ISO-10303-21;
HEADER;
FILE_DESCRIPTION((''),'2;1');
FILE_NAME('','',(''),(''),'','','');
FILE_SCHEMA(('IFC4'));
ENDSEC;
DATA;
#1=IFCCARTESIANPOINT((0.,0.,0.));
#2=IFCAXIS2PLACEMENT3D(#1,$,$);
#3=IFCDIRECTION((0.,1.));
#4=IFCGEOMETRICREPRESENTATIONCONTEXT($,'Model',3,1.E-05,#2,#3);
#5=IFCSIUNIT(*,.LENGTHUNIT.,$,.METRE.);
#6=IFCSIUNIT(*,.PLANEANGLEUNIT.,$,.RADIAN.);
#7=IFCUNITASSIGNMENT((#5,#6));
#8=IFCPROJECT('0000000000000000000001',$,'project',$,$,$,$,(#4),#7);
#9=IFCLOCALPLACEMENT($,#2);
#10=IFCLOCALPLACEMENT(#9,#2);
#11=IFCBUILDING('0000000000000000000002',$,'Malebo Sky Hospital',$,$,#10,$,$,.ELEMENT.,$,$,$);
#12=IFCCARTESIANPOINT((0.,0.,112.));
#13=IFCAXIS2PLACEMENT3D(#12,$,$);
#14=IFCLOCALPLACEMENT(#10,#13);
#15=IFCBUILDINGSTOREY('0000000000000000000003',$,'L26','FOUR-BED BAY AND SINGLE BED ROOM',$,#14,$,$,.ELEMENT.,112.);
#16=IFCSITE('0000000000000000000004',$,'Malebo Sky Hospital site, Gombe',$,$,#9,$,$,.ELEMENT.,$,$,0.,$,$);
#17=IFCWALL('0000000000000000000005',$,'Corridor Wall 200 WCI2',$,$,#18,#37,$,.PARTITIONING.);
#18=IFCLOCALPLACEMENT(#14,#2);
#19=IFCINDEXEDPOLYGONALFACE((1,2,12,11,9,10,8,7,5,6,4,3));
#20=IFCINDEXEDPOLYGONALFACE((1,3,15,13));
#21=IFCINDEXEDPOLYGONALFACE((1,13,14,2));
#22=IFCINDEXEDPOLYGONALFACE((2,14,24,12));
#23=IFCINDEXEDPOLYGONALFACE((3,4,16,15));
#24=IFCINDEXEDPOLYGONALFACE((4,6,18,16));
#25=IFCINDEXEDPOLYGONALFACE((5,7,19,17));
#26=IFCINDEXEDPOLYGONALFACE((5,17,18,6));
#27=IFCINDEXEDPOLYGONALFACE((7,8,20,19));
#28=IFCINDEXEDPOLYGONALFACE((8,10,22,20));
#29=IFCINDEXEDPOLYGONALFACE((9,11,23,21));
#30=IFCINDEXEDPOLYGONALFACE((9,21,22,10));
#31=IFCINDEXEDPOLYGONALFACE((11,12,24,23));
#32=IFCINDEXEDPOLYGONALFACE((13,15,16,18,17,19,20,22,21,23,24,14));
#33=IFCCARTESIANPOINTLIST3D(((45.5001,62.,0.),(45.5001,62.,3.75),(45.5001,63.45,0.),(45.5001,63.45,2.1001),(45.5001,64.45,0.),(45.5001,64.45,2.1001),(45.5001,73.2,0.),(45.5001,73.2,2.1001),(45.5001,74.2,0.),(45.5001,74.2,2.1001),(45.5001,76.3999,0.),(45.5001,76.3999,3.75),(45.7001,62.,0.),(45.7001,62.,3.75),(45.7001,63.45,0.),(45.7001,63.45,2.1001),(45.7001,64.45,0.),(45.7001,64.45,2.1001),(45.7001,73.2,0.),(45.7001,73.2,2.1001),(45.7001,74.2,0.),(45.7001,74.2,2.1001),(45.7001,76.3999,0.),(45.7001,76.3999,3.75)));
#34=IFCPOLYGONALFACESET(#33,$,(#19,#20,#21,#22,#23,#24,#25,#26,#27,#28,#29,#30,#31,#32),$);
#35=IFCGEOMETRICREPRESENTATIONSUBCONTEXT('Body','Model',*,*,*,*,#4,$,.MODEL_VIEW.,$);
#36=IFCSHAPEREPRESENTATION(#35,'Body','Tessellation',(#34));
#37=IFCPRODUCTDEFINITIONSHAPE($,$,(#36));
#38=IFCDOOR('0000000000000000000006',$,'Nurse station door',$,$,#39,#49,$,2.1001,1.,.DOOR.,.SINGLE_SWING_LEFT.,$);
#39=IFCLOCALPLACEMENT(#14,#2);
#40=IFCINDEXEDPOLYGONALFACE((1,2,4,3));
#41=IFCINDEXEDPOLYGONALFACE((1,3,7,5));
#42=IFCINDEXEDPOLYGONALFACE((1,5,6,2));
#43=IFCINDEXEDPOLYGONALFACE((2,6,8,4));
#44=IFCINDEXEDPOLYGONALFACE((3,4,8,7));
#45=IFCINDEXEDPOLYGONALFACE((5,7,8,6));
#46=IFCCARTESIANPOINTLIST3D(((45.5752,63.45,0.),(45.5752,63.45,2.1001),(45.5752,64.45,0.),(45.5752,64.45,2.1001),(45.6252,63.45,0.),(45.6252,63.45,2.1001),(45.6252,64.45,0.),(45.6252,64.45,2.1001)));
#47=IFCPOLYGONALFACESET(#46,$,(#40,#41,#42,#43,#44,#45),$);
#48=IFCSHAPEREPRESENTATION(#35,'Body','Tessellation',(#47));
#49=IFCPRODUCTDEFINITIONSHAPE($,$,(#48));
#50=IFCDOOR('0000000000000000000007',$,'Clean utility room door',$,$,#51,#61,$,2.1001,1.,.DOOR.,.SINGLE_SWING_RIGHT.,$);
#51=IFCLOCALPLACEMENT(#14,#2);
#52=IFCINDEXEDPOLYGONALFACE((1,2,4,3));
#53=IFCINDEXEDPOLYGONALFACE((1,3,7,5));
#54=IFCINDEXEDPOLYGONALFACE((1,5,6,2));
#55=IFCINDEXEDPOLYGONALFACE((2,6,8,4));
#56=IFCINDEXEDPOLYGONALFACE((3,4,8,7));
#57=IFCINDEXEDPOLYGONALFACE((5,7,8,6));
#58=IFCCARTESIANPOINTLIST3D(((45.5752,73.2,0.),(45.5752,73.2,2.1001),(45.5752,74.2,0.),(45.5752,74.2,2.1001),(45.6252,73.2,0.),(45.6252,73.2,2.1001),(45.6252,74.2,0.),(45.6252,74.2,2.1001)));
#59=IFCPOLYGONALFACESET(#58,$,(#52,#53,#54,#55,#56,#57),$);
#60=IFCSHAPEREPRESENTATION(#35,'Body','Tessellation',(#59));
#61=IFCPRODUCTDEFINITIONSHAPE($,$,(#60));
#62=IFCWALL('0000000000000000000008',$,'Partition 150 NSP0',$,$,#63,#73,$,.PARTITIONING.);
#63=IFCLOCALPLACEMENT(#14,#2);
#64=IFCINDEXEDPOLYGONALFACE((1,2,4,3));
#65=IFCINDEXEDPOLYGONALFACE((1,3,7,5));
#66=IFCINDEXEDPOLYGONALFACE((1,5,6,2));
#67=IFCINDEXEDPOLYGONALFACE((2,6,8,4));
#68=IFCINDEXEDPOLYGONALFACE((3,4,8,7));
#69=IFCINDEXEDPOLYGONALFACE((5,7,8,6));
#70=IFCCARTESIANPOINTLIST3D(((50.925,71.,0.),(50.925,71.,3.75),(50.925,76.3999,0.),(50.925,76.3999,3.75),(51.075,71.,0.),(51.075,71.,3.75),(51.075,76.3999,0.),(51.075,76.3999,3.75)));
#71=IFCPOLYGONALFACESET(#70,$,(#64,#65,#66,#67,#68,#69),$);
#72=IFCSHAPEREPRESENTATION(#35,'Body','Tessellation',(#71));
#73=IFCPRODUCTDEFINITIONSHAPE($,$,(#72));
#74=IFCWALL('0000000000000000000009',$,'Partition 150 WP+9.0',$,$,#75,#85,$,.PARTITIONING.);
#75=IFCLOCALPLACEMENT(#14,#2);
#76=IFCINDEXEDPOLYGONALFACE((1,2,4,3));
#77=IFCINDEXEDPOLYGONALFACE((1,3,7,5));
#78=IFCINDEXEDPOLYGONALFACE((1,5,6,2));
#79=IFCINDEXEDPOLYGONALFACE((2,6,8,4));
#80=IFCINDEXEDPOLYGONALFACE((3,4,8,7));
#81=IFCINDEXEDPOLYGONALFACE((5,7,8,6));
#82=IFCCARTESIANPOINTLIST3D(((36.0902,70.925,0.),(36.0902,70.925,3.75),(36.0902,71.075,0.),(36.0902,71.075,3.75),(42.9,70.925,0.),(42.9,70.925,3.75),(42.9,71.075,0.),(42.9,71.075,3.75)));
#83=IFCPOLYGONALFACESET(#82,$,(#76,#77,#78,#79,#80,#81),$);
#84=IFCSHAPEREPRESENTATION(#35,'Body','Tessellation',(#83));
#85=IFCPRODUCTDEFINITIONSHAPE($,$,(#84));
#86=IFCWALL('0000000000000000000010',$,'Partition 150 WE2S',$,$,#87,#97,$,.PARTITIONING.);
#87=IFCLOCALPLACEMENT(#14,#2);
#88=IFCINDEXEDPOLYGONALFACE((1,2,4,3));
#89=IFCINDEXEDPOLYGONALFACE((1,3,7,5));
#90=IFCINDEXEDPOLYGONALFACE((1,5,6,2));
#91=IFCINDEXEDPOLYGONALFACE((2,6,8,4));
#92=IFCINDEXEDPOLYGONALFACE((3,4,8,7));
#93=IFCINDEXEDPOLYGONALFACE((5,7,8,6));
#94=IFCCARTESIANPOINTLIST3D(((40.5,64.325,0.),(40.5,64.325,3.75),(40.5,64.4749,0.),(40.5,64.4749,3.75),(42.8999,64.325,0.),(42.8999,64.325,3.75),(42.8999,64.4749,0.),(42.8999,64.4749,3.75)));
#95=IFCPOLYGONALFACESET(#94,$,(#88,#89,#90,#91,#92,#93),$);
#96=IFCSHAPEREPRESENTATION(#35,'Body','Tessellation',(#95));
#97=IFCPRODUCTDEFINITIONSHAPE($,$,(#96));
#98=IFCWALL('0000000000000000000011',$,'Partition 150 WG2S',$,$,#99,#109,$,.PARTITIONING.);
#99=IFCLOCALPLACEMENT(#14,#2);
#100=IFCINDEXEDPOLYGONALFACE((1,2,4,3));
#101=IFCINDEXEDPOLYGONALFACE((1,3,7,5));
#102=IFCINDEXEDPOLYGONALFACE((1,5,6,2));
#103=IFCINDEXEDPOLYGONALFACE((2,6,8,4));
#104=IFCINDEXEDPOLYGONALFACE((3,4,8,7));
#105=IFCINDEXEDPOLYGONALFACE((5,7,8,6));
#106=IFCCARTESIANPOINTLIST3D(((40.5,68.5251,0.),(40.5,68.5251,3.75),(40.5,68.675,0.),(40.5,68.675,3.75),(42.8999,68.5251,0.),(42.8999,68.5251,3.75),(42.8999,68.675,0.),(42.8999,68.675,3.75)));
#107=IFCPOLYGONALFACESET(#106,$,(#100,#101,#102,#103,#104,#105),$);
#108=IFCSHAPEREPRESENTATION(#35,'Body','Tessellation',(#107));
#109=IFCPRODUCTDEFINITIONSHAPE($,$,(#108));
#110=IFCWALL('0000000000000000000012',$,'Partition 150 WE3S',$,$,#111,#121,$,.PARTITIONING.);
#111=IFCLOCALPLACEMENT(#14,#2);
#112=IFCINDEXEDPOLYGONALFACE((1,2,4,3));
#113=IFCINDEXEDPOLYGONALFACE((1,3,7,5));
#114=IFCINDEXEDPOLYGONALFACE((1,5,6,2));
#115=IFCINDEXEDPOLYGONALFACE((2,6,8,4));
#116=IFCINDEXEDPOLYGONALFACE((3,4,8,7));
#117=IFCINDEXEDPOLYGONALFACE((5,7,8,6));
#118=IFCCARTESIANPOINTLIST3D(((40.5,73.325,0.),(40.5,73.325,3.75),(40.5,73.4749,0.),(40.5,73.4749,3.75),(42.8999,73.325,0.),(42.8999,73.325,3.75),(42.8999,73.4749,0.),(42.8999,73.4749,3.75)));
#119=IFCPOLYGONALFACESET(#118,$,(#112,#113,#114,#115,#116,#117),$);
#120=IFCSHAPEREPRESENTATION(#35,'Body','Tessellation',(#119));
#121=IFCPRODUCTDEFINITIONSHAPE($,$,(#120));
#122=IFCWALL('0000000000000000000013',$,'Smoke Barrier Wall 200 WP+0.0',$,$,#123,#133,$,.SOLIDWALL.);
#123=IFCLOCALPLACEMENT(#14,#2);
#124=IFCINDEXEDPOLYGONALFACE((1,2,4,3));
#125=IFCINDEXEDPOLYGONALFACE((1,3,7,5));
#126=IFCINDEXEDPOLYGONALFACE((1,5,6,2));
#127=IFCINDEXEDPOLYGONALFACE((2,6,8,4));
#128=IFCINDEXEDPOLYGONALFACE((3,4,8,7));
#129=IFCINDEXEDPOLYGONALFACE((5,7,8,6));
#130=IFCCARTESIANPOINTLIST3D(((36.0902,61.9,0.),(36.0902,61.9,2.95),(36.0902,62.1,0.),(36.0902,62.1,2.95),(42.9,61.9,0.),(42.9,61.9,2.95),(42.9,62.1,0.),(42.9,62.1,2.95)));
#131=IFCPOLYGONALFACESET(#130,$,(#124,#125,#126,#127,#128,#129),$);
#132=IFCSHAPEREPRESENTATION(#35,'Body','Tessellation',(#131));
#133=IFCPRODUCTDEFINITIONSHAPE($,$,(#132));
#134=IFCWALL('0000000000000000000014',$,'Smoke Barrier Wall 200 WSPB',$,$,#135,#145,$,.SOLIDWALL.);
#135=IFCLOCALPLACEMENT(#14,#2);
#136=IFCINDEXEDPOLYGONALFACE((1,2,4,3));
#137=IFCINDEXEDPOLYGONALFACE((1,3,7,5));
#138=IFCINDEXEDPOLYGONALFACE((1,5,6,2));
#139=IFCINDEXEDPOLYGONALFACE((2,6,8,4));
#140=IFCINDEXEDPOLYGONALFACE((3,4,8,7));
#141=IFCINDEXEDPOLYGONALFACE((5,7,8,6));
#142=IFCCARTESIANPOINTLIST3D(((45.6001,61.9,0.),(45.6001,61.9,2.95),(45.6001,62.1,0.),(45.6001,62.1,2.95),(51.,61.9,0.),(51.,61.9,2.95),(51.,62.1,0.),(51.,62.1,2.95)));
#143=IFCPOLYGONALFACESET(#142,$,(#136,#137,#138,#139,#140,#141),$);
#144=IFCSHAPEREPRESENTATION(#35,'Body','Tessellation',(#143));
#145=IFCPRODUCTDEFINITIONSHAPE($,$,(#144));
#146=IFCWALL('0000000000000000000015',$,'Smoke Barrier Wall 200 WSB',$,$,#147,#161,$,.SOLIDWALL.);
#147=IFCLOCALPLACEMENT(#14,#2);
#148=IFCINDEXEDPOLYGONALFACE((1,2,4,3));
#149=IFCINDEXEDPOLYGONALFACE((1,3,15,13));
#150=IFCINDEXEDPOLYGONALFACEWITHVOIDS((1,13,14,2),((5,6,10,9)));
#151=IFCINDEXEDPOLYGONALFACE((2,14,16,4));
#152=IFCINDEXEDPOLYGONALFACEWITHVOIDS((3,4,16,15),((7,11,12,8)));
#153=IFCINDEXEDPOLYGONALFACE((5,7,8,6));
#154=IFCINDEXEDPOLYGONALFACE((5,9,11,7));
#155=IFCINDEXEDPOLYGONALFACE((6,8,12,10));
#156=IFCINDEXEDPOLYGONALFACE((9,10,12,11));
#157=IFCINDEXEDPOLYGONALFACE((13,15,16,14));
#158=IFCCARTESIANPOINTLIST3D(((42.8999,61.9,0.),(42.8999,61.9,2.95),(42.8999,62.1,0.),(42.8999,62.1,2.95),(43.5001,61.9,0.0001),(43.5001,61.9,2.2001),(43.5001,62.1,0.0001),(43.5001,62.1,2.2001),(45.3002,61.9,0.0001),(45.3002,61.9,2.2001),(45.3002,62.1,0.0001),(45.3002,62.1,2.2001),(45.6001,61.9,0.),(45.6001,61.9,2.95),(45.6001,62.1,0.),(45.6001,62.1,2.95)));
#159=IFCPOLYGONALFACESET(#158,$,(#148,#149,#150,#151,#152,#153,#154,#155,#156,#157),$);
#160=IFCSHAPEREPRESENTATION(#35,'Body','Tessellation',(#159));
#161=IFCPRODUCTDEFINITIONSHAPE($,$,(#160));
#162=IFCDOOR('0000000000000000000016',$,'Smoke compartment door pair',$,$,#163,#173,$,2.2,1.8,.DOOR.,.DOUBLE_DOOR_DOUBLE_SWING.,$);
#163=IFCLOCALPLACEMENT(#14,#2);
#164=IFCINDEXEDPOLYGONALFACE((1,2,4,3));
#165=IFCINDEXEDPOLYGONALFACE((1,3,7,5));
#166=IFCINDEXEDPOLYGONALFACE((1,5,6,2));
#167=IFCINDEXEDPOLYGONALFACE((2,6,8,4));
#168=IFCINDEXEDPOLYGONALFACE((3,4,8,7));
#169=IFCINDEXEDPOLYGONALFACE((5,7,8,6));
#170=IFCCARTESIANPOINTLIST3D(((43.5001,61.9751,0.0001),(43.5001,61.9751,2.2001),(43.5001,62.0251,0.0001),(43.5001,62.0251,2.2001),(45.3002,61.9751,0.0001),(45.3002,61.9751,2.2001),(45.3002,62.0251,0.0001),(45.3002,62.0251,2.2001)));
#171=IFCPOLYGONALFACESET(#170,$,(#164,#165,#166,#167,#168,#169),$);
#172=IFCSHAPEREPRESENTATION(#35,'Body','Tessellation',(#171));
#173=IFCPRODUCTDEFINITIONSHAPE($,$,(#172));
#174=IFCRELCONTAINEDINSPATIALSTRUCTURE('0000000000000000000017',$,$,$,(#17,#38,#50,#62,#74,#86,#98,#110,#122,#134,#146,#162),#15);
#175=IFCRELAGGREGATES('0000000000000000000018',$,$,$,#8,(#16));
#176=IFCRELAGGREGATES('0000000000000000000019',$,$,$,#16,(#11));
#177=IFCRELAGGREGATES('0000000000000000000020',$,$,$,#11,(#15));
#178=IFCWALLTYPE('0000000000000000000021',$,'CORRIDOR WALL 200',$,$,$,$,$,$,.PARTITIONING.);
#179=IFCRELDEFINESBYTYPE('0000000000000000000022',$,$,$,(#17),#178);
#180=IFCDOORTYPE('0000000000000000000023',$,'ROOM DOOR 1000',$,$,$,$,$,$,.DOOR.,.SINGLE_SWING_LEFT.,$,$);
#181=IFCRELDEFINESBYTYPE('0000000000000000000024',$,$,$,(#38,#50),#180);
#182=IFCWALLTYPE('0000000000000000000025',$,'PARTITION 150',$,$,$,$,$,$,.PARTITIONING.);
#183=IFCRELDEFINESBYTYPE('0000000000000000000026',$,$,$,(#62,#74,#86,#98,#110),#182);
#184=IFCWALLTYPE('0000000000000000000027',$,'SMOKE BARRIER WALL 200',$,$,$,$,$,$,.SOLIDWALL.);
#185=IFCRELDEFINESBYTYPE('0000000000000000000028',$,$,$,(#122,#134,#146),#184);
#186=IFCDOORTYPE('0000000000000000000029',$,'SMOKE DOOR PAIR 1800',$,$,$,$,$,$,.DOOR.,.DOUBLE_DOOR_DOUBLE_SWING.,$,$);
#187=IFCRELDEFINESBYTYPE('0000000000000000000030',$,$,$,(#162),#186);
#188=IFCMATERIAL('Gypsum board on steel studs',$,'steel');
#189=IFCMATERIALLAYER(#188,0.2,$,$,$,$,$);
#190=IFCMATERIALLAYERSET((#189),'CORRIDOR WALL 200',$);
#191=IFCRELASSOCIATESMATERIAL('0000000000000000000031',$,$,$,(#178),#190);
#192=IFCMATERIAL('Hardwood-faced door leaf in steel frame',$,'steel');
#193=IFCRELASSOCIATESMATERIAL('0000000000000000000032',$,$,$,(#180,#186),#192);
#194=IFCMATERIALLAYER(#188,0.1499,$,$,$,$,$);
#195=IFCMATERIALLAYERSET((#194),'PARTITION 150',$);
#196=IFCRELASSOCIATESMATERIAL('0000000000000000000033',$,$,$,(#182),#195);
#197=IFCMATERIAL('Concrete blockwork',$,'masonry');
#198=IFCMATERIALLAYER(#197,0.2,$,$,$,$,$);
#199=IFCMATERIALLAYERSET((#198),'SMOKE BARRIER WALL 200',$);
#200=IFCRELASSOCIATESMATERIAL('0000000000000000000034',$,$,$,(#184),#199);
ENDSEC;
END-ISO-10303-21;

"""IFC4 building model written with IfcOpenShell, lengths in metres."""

from ifc_helpers import new_model, si_unit, direction, frame, frame_2d, origin, place, context, subcontext, project, spatial, rectangle, extrude, material, layer, layer_set, type_object, element, fill, save


model = new_model("IFC4")

# Units and contexts
model_context = context("Model", 3, precision=1e-05, world=origin(), true_north=direction((0.0, 1.0)))
body_context = subcontext(model_context, "Body", "Model", "MODEL_VIEW")
ifc_project = project(units=[si_unit("LENGTHUNIT", "METRE"), si_unit("PLANEANGLEUNIT", "RADIAN")], contexts=[model_context])

# Site, building, storey
site_placement = place(None, origin())
site = spatial("IfcSite", under=ifc_project, at=site_placement, Name="Malebo Sky Hospital site, Gombe", CompositionType="ELEMENT", RefElevation=0.0)
building_placement = place(site_placement, origin())
building = spatial("IfcBuilding", under=site, at=building_placement, Name="Malebo Sky Hospital", CompositionType="ELEMENT")
storey_placement = place(building_placement, frame((0.0, 0.0, 112.0)))
storey = spatial("IfcBuildingStorey", under=building, at=storey_placement, Name="L26", Description="FOUR-BED BAY AND SINGLE BED ROOM", CompositionType="ELEMENT", Elevation=112.0)

# Shared definitions
ifc_material_1 = material(Name="Hardwood-faced door leaf in steel frame", Category="steel")

# Wall, openings, doors
ifc_material_2 = material(Name="Gypsum board on steel studs", Category="steel")
ifc_layer_1 = layer(ifc_material_2, 0.2)
ifc_layer_set_1 = layer_set([ifc_layer_1], Name="CORRIDOR WALL 200")
wall_type_1 = type_object("IfcWallType", Name="CORRIDOR WALL 200", PredefinedType="PARTITIONING", material=ifc_layer_set_1)
wall_1_placement = place(storey_placement, frame((45.6001, 62.0, 0.0), z_axis=(0.0, 0.0, 1.0), x_axis=(0.0, 1.0, 0.0)))
wall_1 = element("IfcWall", 1, at=wall_1_placement, inside=storey, type_object=wall_type_1, Name="Corridor Wall 200 WCI2", PredefinedType="PARTITIONING", context=body_context, shape_type="SweptSolid", body=[
    extrude(rectangle(XDim=14.3999, YDim=0.2, at=frame_2d((7.2, 0.0))), origin(), (0.0, 0.0, 1.0), 3.75),
])
opening_1_placement = place(wall_1_placement, frame((1.45, 0.0, 0.0)))
opening_1 = element("IfcOpeningElement", 2, at=opening_1_placement, cuts=wall_1, PredefinedType="OPENING", context=body_context, shape_type="SweptSolid", body=[
    extrude(rectangle(XDim=1.0, YDim=2.1001, at=frame_2d((0.5, 1.05))), frame((0.0, 0.1099, 0.0), z_axis=(0.0, -1.0, 0.0), x_axis=(1.0, 0.0, 0.0)), (0.0, 0.0, 1.0), 0.22),
])
opening_2_placement = place(wall_1_placement, frame((11.2, 0.0, 0.0)))
opening_2 = element("IfcOpeningElement", 3, at=opening_2_placement, cuts=wall_1, PredefinedType="OPENING", context=body_context, shape_type="SweptSolid", body=[
    extrude(rectangle(XDim=1.0, YDim=2.1001, at=frame_2d((0.5, 1.05))), frame((0.0, 0.1099, 0.0), z_axis=(0.0, -1.0, 0.0), x_axis=(1.0, 0.0, 0.0)), (0.0, 0.0, 1.0), 0.22),
])
door_type_1 = type_object("IfcDoorType", Name="ROOM DOOR 1000", OperationType="SINGLE_SWING_LEFT", PredefinedType="DOOR", material=ifc_material_1)
door_1_placement = place(opening_1_placement, origin())
door_1 = element("IfcDoor", 4, at=door_1_placement, inside=storey, type_object=door_type_1, Name="Nurse station door", OperationType="SINGLE_SWING_LEFT", OverallHeight=2.1001, OverallWidth=1.0, PredefinedType="DOOR", context=body_context, shape_type="SweptSolid", body=[
    extrude(rectangle(XDim=1.0, YDim=2.1001, at=frame_2d((0.5, 1.05))), frame((0.0, 0.0249, 0.0), z_axis=(0.0, -1.0, 0.0), x_axis=(1.0, 0.0, 0.0)), (0.0, 0.0, 1.0), 0.05),
])
fill(opening_1, door_1)
door_2_placement = place(opening_2_placement, origin())
door_2 = element("IfcDoor", 5, at=door_2_placement, inside=storey, type_object=door_type_1, Name="Clean utility room door", OperationType="SINGLE_SWING_RIGHT", OverallHeight=2.1001, OverallWidth=1.0, PredefinedType="DOOR", context=body_context, shape_type="SweptSolid", body=[
    extrude(rectangle(XDim=1.0, YDim=2.1001, at=frame_2d((0.5, 1.05))), frame((0.0, 0.0249, 0.0), z_axis=(0.0, -1.0, 0.0), x_axis=(1.0, 0.0, 0.0)), (0.0, 0.0, 1.0), 0.05),
])
fill(opening_2, door_2)

# Walls
ifc_layer_2 = layer(ifc_material_2, 0.1499)
ifc_layer_set_2 = layer_set([ifc_layer_2], Name="PARTITION 150")
wall_type_2 = type_object("IfcWallType", Name="PARTITION 150", PredefinedType="PARTITIONING", material=ifc_layer_set_2)
wall_2_placement = place(storey_placement, frame((51.0, 71.0, 0.0), z_axis=(0.0, 0.0, 1.0), x_axis=(0.0, 1.0, 0.0)))
element("IfcWall", 6, at=wall_2_placement, inside=storey, type_object=wall_type_2, Name="Partition 150 NSP0", PredefinedType="PARTITIONING", context=body_context, shape_type="SweptSolid", body=[
    extrude(rectangle(XDim=5.3999, YDim=0.1499, at=frame_2d((2.7, 0.0))), origin(), (0.0, 0.0, 1.0), 3.75),
])
wall_3_placement = place(storey_placement, frame((42.8999, 71.0, 0.0), z_axis=(0.0, 0.0, 1.0), x_axis=(-1.0, 0.0, 0.0)))
element("IfcWall", 7, at=wall_3_placement, inside=storey, type_object=wall_type_2, Name="Partition 150 WP+9.0", PredefinedType="PARTITIONING", context=body_context, shape_type="SweptSolid", body=[
    extrude(rectangle(XDim=6.8098, YDim=0.1499, at=frame_2d((3.4048, 0.0))), origin(), (0.0, 0.0, 1.0), 3.75),
])
for number, where, z_axis, x_axis, name in (
    (8, (42.8999, 64.3999, 0.0), (0.0, 0.0, 1.0), (-1.0, 0.0, 0.0), "Partition 150 WE2S"),
    (9, (42.8999, 68.6001, 0.0), (0.0, 0.0, 1.0), (-1.0, 0.0, 0.0), "Partition 150 WG2S"),
    (10, (42.8999, 73.3999, 0.0), (0.0, 0.0, 1.0), (-1.0, 0.0, 0.0), "Partition 150 WE3S"),
):
    element("IfcWall", number, at=place(storey_placement, frame(where, z_axis=z_axis, x_axis=x_axis)), inside=storey, type_object=wall_type_2, Name=name, PredefinedType="PARTITIONING", context=body_context, shape_type="SweptSolid", body=[
        extrude(rectangle(XDim=2.3999, YDim=0.1499, at=frame_2d((1.2, 0.0))), origin(), (0.0, 0.0, 1.0), 3.75),
    ])
ifc_material_3 = material(Name="Concrete blockwork", Category="masonry")
ifc_layer_3 = layer(ifc_material_3, 0.2)
ifc_layer_set_3 = layer_set([ifc_layer_3], Name="SMOKE BARRIER WALL 200")
wall_type_3 = type_object("IfcWallType", Name="SMOKE BARRIER WALL 200", PredefinedType="SOLIDWALL", material=ifc_layer_set_3)
wall_4_placement = place(storey_placement, frame((42.8999, 62.0, 0.0), z_axis=(0.0, 0.0, 1.0), x_axis=(-1.0, 0.0, 0.0)))
element("IfcWall", 11, at=wall_4_placement, inside=storey, type_object=wall_type_3, Name="Smoke Barrier Wall 200 WP+0.0", PredefinedType="SOLIDWALL", context=body_context, shape_type="SweptSolid", body=[
    extrude(rectangle(XDim=6.8098, YDim=0.2, at=frame_2d((3.4048, 0.0))), origin(), (0.0, 0.0, 1.0), 2.95),
])
wall_5_placement = place(storey_placement, frame((51.0, 62.0, 0.0), z_axis=(0.0, 0.0, 1.0), x_axis=(-1.0, 0.0, 0.0)))
element("IfcWall", 12, at=wall_5_placement, inside=storey, type_object=wall_type_3, Name="Smoke Barrier Wall 200 WSPB", PredefinedType="SOLIDWALL", context=body_context, shape_type="SweptSolid", body=[
    extrude(rectangle(XDim=5.3999, YDim=0.2, at=frame_2d((2.7, 0.0))), origin(), (0.0, 0.0, 1.0), 2.95),
])

# Wall, opening, door
wall_6_placement = place(storey_placement, frame((45.6001, 62.0, 0.0), z_axis=(0.0, 0.0, 1.0), x_axis=(-1.0, 0.0, 0.0)))
wall_6 = element("IfcWall", 13, at=wall_6_placement, inside=storey, type_object=wall_type_3, Name="Smoke Barrier Wall 200 WSB", PredefinedType="SOLIDWALL", context=body_context, shape_type="SweptSolid", body=[
    extrude(rectangle(XDim=2.7002, YDim=0.2, at=frame_2d((1.3501, 0.0))), origin(), (0.0, 0.0, 1.0), 2.95),
])
opening_3_placement = place(wall_6_placement, frame((0.3, 0.0, 0.0)))
opening_3 = element("IfcOpeningElement", 14, at=opening_3_placement, cuts=wall_6, PredefinedType="OPENING", context=body_context, shape_type="SweptSolid", body=[
    extrude(rectangle(XDim=1.8, YDim=2.2, at=frame_2d((0.8999, 1.1001))), frame((0.0, 0.1099, 0.0), z_axis=(0.0, -1.0, 0.0), x_axis=(1.0, 0.0, 0.0)), (0.0, 0.0, 1.0), 0.22),
])
door_type_2 = type_object("IfcDoorType", Name="SMOKE DOOR PAIR 1800", OperationType="DOUBLE_DOOR_DOUBLE_SWING", PredefinedType="DOOR", material=ifc_material_1)
door_3_placement = place(opening_3_placement, origin())
door_3 = element("IfcDoor", 15, at=door_3_placement, inside=storey, type_object=door_type_2, Name="Smoke compartment door pair", OperationType="DOUBLE_DOOR_DOUBLE_SWING", OverallHeight=2.2, OverallWidth=1.8, PredefinedType="DOOR", context=body_context, shape_type="SweptSolid", body=[
    extrude(rectangle(XDim=1.8, YDim=2.2, at=frame_2d((0.8999, 1.1001))), frame((0.0, 0.0249, 0.0), z_axis=(0.0, -1.0, 0.0), x_axis=(1.0, 0.0, 0.0)), (0.0, 0.0, 1.0), 0.05),
])
fill(opening_3, door_3)

save(model, "model.ifc")
